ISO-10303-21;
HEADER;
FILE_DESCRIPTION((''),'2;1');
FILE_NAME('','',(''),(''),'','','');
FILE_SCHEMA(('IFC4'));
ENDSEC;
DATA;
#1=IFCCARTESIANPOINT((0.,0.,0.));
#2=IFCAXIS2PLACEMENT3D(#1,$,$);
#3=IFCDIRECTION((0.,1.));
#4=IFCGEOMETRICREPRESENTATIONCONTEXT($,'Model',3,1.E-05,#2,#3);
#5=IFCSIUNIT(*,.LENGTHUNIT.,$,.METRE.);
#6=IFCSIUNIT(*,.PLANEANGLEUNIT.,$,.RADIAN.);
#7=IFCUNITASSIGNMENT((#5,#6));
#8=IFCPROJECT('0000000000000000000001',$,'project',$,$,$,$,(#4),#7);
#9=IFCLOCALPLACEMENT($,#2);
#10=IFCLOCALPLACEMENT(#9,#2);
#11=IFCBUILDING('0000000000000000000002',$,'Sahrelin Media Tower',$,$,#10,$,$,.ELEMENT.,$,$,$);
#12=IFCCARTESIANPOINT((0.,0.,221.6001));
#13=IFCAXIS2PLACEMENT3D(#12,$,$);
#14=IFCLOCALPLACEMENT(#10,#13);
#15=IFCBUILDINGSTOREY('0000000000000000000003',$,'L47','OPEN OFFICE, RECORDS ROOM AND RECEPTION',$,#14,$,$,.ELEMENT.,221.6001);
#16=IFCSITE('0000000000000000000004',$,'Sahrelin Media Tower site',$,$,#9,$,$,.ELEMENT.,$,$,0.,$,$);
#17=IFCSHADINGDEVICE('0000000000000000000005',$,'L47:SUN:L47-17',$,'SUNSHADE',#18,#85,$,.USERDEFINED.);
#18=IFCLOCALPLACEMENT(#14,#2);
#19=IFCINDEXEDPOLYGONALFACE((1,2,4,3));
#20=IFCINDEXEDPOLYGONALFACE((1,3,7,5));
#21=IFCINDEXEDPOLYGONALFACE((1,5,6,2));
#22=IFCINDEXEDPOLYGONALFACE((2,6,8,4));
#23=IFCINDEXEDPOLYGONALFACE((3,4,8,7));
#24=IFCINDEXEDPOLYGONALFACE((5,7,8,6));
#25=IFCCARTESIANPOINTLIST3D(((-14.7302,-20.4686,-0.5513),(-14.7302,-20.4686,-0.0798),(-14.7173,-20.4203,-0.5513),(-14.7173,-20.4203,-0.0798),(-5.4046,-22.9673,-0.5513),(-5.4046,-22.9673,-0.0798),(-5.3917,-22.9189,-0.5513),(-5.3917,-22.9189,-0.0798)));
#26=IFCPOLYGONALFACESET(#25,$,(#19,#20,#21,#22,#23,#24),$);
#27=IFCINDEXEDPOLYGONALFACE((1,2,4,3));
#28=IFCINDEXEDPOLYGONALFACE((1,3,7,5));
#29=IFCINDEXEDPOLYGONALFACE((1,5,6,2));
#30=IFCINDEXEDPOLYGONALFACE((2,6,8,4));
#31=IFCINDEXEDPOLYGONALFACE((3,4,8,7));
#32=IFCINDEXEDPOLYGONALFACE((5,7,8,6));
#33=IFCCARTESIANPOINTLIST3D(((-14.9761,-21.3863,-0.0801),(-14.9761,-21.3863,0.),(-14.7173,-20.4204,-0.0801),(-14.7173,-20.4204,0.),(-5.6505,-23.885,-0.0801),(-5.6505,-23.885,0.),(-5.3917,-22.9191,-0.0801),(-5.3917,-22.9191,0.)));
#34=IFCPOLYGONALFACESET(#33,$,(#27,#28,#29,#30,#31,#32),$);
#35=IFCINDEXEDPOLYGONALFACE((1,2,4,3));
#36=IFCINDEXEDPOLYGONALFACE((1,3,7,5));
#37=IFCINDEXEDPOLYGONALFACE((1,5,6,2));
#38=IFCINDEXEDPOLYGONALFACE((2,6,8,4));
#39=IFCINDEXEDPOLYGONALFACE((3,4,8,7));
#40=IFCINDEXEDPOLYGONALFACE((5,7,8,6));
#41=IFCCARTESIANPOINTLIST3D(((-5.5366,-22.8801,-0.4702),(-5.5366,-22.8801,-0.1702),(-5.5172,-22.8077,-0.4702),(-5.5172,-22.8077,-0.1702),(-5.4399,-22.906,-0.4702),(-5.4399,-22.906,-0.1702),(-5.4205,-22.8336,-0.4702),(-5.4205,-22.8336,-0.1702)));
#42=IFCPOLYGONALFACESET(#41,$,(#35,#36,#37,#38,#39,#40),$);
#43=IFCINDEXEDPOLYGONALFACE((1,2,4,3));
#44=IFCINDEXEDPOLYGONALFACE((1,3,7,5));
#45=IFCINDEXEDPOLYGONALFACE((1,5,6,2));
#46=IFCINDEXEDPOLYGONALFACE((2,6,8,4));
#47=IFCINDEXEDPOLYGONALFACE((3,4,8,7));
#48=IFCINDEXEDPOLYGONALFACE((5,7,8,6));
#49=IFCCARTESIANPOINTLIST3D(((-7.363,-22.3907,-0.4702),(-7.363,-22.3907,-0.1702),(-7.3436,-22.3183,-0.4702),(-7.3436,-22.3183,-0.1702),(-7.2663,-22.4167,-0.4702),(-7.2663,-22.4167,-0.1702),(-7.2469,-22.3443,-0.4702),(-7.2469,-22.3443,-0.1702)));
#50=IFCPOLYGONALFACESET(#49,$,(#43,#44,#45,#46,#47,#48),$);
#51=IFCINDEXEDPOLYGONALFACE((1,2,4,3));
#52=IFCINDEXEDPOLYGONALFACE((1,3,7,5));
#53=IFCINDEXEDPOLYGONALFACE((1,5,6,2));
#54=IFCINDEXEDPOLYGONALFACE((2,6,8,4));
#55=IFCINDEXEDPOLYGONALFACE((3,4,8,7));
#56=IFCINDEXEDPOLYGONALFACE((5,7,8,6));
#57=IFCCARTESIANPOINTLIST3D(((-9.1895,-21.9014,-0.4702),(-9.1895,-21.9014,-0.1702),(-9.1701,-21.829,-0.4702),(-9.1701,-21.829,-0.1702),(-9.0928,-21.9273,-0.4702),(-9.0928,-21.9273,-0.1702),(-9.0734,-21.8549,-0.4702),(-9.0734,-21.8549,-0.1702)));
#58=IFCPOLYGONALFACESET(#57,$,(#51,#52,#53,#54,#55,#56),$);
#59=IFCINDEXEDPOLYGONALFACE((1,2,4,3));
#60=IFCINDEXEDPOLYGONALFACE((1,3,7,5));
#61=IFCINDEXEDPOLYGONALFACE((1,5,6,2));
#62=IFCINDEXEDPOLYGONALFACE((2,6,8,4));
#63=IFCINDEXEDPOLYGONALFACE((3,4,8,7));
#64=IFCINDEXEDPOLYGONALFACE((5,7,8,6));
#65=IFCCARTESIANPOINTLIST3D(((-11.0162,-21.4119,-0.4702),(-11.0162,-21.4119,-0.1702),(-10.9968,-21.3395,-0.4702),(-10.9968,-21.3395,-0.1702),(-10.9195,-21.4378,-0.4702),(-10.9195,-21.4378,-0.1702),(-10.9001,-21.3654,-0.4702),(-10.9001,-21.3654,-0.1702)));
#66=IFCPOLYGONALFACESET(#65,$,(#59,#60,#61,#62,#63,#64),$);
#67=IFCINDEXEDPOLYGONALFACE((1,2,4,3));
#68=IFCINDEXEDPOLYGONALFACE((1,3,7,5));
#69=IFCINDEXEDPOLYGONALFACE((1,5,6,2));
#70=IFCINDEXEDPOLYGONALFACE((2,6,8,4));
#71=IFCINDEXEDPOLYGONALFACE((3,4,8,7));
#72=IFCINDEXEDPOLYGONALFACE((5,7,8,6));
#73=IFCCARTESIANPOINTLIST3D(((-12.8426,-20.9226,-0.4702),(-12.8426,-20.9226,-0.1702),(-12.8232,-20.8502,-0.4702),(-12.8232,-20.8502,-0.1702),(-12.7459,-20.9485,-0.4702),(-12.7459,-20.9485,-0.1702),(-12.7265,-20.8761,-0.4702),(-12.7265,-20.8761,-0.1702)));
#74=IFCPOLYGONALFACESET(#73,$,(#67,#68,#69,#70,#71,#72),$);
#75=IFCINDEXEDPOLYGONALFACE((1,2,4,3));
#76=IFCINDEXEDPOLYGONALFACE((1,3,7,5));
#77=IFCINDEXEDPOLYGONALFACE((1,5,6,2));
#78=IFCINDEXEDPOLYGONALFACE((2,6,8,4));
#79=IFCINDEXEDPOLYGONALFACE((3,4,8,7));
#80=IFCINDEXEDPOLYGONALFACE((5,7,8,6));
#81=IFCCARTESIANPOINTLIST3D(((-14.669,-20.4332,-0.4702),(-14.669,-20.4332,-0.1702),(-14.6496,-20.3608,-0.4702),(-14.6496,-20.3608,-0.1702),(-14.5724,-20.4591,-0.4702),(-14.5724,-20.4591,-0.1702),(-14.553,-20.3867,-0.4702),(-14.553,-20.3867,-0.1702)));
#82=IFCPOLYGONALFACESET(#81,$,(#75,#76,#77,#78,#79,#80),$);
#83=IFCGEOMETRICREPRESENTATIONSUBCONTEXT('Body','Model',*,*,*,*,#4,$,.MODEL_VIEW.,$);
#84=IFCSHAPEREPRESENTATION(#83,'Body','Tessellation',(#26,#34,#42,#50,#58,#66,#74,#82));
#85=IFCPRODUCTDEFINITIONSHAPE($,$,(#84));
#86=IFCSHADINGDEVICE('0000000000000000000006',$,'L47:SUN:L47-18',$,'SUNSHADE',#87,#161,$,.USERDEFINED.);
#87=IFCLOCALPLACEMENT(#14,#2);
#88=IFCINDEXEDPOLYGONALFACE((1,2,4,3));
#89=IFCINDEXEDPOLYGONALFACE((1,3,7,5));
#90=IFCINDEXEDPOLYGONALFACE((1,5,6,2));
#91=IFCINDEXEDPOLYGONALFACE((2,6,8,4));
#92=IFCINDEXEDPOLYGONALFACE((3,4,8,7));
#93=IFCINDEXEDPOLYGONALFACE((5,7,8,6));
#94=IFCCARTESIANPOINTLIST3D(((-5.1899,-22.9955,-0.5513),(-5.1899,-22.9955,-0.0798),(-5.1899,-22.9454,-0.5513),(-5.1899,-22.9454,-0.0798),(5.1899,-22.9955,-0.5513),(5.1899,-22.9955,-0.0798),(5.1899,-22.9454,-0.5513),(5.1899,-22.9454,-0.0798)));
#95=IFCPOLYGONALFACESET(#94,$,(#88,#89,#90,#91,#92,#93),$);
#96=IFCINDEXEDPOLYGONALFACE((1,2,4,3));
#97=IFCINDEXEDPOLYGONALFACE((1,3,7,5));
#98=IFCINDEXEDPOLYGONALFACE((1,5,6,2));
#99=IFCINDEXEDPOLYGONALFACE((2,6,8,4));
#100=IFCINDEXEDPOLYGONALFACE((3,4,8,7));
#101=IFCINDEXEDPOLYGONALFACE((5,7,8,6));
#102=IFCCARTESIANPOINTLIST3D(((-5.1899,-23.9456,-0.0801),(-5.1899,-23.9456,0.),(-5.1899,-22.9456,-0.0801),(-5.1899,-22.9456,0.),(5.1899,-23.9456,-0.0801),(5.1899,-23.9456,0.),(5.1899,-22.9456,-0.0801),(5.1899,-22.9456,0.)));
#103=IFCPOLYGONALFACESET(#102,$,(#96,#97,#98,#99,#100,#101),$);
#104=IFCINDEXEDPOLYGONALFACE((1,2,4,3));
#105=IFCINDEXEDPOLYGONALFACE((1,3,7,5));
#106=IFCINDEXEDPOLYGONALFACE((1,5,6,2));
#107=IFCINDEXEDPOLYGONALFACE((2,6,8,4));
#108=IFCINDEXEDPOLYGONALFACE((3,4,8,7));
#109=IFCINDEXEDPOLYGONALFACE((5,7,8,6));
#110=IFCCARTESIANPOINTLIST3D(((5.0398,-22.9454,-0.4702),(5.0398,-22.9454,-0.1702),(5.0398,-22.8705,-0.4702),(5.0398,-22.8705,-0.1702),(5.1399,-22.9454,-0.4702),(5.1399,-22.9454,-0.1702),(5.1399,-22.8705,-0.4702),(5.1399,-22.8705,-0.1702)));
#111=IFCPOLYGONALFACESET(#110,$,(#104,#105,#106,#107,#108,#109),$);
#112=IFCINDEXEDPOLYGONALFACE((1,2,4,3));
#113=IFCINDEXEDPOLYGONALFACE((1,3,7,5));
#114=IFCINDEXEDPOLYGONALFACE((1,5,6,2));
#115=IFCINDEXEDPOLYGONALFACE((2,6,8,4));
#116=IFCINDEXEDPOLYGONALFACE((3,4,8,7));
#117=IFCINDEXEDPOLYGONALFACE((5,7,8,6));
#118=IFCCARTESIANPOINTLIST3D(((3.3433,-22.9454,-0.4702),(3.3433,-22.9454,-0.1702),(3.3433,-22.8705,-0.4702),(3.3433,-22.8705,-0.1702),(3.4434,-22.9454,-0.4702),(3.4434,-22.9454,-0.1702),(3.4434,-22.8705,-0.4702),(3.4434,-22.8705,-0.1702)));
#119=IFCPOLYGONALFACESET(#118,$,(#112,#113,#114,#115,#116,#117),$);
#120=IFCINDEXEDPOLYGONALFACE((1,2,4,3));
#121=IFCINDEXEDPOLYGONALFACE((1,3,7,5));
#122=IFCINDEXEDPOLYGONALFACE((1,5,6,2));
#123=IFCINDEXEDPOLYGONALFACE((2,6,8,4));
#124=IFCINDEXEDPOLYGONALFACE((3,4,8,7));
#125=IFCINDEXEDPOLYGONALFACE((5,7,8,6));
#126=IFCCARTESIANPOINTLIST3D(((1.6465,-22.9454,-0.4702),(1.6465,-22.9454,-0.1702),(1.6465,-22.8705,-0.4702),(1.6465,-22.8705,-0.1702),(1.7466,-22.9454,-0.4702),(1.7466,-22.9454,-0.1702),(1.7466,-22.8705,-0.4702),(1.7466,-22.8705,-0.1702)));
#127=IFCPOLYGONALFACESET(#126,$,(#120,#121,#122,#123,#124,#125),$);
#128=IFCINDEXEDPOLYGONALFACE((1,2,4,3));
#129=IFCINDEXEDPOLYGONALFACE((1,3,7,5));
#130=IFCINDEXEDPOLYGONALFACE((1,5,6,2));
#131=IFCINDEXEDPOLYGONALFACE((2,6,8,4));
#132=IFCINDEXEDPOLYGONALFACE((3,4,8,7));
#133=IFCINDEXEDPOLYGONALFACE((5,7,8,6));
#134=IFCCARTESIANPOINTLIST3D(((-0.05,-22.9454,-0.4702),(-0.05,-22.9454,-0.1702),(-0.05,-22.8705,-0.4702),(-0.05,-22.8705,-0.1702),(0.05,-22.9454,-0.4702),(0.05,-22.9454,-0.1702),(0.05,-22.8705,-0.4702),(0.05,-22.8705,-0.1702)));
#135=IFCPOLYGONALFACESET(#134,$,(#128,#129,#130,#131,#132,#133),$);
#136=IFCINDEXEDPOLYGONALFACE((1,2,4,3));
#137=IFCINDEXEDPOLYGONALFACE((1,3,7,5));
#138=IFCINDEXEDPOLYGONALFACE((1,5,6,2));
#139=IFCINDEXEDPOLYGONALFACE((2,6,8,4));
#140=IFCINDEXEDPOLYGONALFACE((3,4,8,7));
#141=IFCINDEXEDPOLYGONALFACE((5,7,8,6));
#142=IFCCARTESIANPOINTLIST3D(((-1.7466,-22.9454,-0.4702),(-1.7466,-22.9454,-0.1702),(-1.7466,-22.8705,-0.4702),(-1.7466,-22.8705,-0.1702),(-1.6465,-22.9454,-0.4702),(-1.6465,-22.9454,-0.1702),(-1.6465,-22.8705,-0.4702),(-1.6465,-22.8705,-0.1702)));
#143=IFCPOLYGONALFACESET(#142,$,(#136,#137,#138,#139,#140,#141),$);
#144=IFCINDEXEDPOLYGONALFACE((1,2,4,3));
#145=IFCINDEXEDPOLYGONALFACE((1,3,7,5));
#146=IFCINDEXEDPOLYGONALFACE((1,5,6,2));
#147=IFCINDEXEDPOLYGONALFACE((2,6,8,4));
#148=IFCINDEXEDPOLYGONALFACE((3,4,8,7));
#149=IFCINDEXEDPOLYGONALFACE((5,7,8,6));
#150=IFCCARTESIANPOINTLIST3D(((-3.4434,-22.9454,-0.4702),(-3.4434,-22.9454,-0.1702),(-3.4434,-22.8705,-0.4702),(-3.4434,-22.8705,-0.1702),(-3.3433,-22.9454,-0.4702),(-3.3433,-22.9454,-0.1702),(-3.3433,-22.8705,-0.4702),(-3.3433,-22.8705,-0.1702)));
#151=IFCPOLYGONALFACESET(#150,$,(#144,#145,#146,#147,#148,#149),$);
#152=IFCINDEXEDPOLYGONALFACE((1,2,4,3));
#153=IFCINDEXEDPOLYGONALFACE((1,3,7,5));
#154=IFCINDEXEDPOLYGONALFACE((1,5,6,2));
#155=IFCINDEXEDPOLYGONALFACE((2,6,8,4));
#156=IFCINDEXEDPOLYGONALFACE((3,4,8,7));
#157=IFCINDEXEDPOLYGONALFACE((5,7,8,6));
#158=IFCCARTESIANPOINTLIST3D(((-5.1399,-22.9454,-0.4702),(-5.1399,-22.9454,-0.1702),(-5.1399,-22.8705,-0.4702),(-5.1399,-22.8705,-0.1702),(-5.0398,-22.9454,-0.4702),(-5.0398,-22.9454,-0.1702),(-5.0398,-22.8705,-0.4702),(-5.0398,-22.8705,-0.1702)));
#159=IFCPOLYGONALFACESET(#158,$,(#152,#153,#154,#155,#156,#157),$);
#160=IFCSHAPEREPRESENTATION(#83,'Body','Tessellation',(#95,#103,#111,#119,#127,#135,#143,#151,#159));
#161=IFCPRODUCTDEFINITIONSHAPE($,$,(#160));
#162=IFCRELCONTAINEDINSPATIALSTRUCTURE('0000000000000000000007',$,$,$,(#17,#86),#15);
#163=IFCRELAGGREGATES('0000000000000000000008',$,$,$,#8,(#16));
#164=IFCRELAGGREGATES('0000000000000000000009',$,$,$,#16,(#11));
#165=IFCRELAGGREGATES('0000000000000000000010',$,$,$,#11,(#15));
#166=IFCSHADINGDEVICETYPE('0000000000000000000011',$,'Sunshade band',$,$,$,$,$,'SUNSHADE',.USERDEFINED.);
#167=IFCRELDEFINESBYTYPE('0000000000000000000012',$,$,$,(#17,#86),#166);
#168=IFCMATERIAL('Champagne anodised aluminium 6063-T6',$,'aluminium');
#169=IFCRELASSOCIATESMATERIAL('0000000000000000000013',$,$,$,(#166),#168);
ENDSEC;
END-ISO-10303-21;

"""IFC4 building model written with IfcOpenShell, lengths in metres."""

from ifc_helpers import new_model, si_unit, direction, frame, origin, origin_2d, place, context, subcontext, project, spatial, rectangle, extrude, material, type_object, element, save


model = new_model("IFC4")

# Units and contexts
model_context = context("Model", 3, precision=1e-05, world=origin(), true_north=direction((0.0, 1.0)))
body_context = subcontext(model_context, "Body", "Model", "MODEL_VIEW")
ifc_project = project(units=[si_unit("LENGTHUNIT", "METRE"), si_unit("PLANEANGLEUNIT", "RADIAN")], contexts=[model_context])

# Site, building, storey
site_placement = place(None, origin())
site = spatial("IfcSite", under=ifc_project, at=site_placement, Name="Sahrelin Media Tower site", CompositionType="ELEMENT", RefElevation=0.0)
building_placement = place(site_placement, origin())
building = spatial("IfcBuilding", under=site, at=building_placement, Name="Sahrelin Media Tower", CompositionType="ELEMENT")
storey_placement = place(building_placement, frame((0.0, 0.0, 221.6001)))
storey = spatial("IfcBuildingStorey", under=building, at=storey_placement, Name="L47", Description="OPEN OFFICE, RECORDS ROOM AND RECEPTION", CompositionType="ELEMENT", Elevation=221.6001)

# Shared definitions
ifc_material_1 = material(Name="Champagne anodised aluminium 6063-T6", Category="aluminium")

# Shading devices
placement_1 = place(storey_placement, frame((-10.0493, -21.6504, 0.0), z_axis=(0.0, 0.0, 1.0), x_axis=(-0.965929, 0.258808, 0.0)))
placement_2 = place(storey_placement, frame((0.0, -22.9255, 0.0), z_axis=(0.0, 0.0, 1.0), x_axis=(-1.0, 0.0, 0.0)))
shading_device_type_1 = type_object("IfcShadingDeviceType", Name="Sunshade band", ElementType="SUNSHADE", PredefinedType="USERDEFINED", material=ifc_material_1)
element("IfcShadingDevice", 1, at=placement_1, inside=storey, type_object=shading_device_type_1, Name="L47:SUN:L47-17", ObjectType="SUNSHADE", PredefinedType="USERDEFINED", context=body_context, shape_type="SweptSolid", body=[
    extrude(rectangle(XDim=9.6545, YDim=0.05, at=origin_2d()), frame((0.0, 0.0449, -0.5513)), (0.0, 0.0, 1.0), 0.4714),
    extrude(rectangle(XDim=9.6545, YDim=1.0, at=origin_2d()), frame((0.0, 0.52, -0.0801)), (0.0, 0.0, 1.0), 0.0801),
    extrude(rectangle(XDim=0.1001, YDim=0.075, at=origin_2d()), frame((-4.7273, -0.0176, -0.4702)), (0.0, 0.0, 1.0), 0.3),
    extrude(rectangle(XDim=0.1001, YDim=0.075, at=origin_2d()), frame((-2.8364, -0.0176, -0.4702)), (0.0, 0.0, 1.0), 0.3),
    extrude(rectangle(XDim=0.1001, YDim=0.075, at=origin_2d()), frame((-0.9456, -0.0176, -0.4702)), (0.0, 0.0, 1.0), 0.3),
    extrude(rectangle(XDim=0.1001, YDim=0.075, at=origin_2d()), frame((0.9456, -0.0176, -0.4702)), (0.0, 0.0, 1.0), 0.3),
    extrude(rectangle(XDim=0.1001, YDim=0.075, at=origin_2d()), frame((2.8364, -0.0176, -0.4702)), (0.0, 0.0, 1.0), 0.3),
    extrude(rectangle(XDim=0.1001, YDim=0.075, at=origin_2d()), frame((4.7273, -0.0176, -0.4702)), (0.0, 0.0, 1.0), 0.3),
])
element("IfcShadingDevice", 2, at=placement_2, inside=storey, type_object=shading_device_type_1, Name="L47:SUN:L47-18", ObjectType="SUNSHADE", PredefinedType="USERDEFINED", context=body_context, shape_type="SweptSolid", body=[
    extrude(rectangle(XDim=10.3799, YDim=0.05, at=origin_2d()), frame((0.0, 0.0449, -0.5513)), (0.0, 0.0, 1.0), 0.4714),
    extrude(rectangle(XDim=10.3799, YDim=1.0, at=origin_2d()), frame((0.0, 0.52, -0.0801)), (0.0, 0.0, 1.0), 0.0801),
    extrude(rectangle(XDim=0.1001, YDim=0.075, at=origin_2d()), frame((-5.0898, -0.0176, -0.4702)), (0.0, 0.0, 1.0), 0.3),
    extrude(rectangle(XDim=0.1001, YDim=0.075, at=origin_2d()), frame((-3.3933, -0.0176, -0.4702)), (0.0, 0.0, 1.0), 0.3),
    extrude(rectangle(XDim=0.1001, YDim=0.075, at=origin_2d()), frame((-1.6965, -0.0176, -0.4702)), (0.0, 0.0, 1.0), 0.3),
    extrude(rectangle(XDim=0.1001, YDim=0.075, at=origin_2d()), frame((0.0, -0.0176, -0.4702)), (0.0, 0.0, 1.0), 0.3),
    extrude(rectangle(XDim=0.1001, YDim=0.075, at=origin_2d()), frame((1.6965, -0.0176, -0.4702)), (0.0, 0.0, 1.0), 0.3),
    extrude(rectangle(XDim=0.1001, YDim=0.075, at=origin_2d()), frame((3.3933, -0.0176, -0.4702)), (0.0, 0.0, 1.0), 0.3),
    extrude(rectangle(XDim=0.1001, YDim=0.075, at=origin_2d()), frame((5.0898, -0.0176, -0.4702)), (0.0, 0.0, 1.0), 0.3),
])

save(model, "model.ifc")
